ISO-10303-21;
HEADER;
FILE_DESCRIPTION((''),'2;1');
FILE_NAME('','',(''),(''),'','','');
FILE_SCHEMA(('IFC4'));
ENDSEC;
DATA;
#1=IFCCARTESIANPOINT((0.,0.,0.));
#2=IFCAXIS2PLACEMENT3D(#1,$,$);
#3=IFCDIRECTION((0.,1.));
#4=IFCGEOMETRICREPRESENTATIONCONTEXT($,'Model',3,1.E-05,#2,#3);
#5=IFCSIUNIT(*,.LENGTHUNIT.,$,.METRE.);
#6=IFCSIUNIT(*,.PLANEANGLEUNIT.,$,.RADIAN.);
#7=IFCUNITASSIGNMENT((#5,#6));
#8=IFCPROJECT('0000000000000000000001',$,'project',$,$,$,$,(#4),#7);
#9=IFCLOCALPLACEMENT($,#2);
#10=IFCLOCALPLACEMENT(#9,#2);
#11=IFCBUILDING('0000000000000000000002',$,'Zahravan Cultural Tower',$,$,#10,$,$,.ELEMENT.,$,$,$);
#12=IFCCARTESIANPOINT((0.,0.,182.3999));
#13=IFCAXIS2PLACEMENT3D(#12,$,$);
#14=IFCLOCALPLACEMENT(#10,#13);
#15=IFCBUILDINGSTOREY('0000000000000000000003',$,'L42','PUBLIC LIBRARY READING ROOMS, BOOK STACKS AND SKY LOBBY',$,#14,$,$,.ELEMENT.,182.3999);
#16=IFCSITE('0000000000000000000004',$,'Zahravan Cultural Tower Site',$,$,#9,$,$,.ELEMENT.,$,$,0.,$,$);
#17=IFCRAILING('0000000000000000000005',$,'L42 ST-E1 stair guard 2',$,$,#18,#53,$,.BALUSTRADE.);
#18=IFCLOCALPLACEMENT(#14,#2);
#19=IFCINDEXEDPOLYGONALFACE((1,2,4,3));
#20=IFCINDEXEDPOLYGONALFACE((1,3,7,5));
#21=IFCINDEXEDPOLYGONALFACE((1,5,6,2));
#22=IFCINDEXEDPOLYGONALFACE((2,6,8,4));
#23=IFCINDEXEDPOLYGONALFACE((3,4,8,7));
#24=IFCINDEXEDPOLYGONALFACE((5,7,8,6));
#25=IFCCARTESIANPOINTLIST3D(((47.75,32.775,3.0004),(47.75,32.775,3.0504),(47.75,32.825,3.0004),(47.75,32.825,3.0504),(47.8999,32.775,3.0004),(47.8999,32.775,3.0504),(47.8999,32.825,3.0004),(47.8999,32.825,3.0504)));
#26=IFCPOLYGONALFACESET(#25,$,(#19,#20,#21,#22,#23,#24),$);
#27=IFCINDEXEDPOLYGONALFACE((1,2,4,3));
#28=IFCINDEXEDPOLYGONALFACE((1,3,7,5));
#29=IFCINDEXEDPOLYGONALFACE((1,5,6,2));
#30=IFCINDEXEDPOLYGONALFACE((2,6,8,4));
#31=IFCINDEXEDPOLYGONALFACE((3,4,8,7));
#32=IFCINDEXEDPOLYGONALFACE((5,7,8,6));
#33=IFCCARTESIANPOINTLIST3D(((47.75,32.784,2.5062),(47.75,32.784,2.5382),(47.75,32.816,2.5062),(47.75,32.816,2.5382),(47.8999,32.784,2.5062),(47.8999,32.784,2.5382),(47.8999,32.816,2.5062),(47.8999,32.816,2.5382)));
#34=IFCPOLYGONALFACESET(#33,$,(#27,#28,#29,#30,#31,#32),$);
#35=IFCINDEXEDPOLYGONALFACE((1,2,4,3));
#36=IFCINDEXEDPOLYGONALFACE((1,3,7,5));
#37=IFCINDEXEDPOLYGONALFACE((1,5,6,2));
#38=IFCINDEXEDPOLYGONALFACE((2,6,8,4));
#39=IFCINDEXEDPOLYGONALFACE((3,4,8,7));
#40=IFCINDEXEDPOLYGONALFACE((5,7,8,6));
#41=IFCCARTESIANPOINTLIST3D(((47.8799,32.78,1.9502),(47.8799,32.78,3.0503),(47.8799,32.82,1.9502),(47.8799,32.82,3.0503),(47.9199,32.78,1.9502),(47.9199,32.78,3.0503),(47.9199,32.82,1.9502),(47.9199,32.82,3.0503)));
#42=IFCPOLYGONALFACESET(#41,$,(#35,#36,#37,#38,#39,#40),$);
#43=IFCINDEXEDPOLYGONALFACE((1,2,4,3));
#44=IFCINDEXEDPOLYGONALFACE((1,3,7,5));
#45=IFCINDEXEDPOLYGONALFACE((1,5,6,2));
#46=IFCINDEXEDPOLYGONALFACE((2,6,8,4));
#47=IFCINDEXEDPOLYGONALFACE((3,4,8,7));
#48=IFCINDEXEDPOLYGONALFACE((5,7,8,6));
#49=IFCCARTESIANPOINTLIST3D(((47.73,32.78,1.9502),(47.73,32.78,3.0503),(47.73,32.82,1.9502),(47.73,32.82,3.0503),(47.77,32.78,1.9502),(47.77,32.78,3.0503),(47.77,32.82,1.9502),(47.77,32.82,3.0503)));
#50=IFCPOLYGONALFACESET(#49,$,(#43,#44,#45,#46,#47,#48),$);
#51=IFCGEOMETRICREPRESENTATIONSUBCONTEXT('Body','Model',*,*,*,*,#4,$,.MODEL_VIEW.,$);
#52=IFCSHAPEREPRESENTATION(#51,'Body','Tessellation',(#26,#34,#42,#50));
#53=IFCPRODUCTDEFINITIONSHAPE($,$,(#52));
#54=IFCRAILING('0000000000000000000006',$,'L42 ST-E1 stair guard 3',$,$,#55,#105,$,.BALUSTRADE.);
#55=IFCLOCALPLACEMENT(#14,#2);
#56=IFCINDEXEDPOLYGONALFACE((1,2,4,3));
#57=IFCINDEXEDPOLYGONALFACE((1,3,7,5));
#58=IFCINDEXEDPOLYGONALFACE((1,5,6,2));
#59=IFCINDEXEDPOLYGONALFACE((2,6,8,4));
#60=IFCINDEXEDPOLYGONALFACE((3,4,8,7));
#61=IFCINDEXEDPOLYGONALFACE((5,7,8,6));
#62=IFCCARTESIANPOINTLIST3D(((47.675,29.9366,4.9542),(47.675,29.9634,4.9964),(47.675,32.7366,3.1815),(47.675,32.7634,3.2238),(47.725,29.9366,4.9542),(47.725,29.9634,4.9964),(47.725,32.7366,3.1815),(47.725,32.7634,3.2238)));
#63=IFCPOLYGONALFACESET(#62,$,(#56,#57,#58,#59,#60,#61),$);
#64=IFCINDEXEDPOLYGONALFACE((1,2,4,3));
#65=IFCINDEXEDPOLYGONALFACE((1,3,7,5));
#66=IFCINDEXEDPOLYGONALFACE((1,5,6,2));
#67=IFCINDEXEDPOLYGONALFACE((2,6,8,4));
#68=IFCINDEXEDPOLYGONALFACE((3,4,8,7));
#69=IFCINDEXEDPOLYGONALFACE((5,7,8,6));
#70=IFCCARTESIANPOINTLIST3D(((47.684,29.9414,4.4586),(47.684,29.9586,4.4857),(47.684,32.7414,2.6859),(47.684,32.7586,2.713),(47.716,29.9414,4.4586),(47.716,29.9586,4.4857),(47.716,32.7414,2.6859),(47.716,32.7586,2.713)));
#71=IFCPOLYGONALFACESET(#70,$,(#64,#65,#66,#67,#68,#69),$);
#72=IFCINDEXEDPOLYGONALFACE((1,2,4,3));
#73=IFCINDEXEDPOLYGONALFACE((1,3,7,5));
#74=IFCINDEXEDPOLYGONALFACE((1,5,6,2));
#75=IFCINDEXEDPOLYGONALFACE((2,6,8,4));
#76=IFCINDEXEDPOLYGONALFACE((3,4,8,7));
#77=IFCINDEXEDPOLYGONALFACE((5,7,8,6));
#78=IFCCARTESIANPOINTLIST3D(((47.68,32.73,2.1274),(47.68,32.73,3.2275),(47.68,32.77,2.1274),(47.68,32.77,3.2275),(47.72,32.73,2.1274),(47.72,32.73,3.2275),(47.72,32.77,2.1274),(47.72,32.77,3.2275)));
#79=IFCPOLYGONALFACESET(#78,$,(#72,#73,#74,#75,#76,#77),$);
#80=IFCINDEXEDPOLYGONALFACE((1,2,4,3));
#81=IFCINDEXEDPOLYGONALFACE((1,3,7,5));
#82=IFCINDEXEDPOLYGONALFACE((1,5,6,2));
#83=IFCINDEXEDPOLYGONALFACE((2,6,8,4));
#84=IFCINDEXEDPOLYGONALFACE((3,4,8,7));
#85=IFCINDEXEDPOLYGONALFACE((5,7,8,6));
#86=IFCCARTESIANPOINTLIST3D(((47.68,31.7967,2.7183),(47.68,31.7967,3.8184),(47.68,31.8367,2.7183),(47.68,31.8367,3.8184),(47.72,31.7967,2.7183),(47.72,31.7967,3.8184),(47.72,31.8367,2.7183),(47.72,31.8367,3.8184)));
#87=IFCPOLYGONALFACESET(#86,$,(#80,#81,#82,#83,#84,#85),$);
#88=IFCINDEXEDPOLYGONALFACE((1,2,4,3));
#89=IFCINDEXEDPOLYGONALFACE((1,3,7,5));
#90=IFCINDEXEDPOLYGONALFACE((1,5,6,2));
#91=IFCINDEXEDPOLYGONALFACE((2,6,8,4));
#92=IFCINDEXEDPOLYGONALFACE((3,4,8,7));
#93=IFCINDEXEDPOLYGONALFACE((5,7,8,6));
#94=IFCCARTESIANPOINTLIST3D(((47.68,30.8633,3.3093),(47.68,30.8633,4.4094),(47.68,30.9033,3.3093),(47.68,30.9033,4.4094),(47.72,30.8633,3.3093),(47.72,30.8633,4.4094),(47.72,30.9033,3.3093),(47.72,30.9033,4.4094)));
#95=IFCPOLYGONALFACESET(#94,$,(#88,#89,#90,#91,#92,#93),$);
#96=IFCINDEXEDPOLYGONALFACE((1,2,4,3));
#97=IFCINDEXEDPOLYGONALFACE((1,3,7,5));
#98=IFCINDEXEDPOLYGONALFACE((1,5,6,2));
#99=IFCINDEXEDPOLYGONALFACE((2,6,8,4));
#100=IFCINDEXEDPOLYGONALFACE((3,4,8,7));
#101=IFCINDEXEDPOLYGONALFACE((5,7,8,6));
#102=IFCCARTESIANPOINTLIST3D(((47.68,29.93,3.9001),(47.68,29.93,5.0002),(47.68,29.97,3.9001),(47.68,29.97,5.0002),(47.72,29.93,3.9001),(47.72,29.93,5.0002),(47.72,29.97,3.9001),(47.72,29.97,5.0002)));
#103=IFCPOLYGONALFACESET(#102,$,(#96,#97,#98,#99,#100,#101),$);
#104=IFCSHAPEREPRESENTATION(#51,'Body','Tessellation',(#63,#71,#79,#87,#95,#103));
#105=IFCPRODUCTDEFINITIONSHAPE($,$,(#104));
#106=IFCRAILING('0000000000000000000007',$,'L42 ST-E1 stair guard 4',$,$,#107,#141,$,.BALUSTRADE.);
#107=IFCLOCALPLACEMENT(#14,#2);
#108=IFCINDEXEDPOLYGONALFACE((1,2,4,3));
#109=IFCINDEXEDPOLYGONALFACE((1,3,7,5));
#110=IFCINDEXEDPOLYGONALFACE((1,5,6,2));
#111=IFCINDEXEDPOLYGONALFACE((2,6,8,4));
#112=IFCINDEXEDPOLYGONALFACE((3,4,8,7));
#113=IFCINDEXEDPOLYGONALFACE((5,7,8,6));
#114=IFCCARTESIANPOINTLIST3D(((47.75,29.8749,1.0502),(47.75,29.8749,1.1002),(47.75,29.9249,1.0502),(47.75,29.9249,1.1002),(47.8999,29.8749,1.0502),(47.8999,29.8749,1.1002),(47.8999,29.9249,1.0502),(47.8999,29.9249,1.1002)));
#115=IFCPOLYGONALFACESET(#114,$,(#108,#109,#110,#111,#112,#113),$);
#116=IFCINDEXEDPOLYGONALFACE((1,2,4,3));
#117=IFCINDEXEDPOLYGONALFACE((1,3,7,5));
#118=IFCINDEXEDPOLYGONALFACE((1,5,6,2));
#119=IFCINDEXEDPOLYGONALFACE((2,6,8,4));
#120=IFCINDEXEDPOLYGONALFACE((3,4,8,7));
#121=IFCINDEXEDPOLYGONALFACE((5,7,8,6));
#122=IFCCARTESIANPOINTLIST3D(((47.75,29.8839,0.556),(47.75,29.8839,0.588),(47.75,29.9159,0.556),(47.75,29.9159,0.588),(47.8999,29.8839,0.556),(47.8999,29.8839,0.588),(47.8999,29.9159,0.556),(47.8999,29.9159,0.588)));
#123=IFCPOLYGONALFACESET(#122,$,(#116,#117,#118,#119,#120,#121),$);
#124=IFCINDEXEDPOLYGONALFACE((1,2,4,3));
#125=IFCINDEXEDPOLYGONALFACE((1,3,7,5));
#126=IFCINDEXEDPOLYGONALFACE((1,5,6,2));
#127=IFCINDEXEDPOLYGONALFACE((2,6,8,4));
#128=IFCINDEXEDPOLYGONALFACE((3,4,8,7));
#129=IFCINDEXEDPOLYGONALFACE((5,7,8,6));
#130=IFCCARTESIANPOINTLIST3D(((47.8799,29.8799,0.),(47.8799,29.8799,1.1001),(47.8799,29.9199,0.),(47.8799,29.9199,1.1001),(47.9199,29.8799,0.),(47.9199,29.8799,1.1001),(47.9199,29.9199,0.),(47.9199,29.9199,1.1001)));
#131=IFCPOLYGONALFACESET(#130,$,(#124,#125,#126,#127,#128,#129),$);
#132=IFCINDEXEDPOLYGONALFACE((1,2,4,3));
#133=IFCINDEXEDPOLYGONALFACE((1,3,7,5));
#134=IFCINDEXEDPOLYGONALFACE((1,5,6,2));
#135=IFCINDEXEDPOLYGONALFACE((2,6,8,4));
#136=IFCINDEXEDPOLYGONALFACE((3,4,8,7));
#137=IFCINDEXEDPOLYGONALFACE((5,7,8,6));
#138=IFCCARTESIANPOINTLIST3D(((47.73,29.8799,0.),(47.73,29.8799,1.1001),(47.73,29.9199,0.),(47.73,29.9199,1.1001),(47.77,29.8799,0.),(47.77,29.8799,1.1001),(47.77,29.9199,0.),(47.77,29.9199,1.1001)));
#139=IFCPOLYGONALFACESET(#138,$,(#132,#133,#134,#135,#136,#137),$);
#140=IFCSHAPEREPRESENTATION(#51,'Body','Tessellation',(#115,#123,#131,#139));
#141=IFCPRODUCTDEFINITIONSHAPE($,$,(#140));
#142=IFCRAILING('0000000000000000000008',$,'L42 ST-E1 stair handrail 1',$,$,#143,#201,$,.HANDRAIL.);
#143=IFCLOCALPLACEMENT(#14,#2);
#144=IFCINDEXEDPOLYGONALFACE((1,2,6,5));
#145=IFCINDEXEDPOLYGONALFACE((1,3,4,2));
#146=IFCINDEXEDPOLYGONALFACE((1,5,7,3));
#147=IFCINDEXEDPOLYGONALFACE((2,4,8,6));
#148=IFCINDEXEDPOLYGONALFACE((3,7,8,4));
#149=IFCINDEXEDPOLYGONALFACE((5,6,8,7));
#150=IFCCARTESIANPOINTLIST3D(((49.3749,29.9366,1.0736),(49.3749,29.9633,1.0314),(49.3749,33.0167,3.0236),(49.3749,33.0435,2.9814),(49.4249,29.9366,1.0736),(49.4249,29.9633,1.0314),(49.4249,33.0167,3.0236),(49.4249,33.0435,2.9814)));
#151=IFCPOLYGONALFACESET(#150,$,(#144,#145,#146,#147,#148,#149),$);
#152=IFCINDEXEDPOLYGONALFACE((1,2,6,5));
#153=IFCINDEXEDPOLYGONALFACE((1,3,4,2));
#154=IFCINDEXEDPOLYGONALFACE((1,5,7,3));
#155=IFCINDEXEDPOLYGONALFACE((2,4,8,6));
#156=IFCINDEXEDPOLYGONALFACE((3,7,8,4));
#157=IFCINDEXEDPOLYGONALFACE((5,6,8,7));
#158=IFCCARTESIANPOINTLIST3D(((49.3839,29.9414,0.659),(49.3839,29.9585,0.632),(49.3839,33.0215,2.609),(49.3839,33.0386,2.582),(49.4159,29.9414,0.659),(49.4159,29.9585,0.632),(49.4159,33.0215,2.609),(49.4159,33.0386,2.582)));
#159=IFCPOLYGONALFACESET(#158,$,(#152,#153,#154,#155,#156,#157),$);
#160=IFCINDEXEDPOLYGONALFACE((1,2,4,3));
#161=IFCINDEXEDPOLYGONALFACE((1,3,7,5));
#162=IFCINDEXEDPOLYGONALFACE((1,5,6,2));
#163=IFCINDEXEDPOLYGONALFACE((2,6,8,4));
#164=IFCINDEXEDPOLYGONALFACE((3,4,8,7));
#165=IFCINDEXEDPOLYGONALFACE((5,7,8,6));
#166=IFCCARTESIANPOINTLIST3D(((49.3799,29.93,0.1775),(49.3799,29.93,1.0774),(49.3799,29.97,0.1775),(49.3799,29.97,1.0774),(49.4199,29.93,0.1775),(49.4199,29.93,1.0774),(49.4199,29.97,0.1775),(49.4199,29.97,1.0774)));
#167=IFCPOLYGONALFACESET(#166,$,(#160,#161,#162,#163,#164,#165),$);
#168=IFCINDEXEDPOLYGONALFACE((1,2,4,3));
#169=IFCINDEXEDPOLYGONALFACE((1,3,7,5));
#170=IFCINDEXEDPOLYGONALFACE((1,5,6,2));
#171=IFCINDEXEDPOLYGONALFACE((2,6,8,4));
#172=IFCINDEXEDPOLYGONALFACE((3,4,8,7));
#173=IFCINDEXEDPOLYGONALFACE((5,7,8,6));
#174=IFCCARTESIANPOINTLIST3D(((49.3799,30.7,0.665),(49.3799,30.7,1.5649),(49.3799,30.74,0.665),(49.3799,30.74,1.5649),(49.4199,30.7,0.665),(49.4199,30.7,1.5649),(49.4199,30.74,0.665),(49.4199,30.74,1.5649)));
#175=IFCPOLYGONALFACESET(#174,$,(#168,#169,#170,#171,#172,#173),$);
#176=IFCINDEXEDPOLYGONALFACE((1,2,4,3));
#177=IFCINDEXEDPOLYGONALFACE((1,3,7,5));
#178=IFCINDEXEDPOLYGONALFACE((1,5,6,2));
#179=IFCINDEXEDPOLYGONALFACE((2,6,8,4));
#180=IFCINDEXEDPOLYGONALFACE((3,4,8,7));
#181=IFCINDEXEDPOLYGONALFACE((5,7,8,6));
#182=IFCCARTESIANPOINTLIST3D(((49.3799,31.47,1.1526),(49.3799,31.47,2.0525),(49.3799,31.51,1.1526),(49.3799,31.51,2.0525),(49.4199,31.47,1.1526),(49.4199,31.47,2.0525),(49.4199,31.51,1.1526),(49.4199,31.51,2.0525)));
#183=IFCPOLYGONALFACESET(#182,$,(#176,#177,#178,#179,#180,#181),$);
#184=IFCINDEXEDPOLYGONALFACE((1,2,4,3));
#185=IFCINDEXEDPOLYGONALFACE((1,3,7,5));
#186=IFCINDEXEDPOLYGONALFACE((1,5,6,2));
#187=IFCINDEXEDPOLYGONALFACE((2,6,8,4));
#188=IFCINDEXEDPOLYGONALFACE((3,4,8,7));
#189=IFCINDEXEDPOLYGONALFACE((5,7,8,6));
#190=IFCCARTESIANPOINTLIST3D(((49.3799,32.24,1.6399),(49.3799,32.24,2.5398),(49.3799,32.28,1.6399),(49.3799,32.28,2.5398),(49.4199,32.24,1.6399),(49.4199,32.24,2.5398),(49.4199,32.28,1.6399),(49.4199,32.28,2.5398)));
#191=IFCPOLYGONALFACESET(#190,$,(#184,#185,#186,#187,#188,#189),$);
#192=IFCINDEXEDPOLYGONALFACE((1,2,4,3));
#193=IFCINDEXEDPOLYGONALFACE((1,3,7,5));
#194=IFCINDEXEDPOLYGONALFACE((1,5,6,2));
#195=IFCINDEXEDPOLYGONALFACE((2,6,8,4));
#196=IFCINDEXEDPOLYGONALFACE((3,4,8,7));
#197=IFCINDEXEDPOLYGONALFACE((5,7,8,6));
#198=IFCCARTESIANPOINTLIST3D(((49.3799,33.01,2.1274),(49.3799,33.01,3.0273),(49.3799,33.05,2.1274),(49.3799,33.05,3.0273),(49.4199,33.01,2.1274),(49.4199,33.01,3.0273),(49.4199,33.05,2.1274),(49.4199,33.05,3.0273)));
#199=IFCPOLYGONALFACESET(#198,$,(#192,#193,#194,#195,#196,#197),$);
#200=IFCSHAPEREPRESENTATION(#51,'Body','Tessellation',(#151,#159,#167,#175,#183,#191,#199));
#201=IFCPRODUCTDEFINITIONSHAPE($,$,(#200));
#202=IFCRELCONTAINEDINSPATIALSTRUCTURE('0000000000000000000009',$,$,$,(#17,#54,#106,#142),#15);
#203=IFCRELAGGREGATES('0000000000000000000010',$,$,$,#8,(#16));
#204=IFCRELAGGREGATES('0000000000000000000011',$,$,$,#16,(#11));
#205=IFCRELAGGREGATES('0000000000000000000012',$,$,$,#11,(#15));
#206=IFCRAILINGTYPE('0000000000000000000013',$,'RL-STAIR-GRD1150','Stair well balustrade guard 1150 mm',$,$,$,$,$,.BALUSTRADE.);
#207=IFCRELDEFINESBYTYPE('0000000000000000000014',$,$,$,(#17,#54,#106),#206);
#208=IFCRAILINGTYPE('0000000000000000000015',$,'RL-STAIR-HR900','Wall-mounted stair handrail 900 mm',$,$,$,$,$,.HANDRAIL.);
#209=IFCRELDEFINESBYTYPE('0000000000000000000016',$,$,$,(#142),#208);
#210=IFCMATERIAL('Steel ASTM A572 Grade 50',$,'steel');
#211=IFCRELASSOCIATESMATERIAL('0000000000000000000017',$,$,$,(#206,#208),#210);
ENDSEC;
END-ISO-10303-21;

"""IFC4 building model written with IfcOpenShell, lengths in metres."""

from ifc_helpers import new_model, si_unit, direction, frame, origin, origin_2d, place, context, subcontext, project, spatial, rectangle, extrude, material, type_object, element, save


model = new_model("IFC4")

# Units and contexts
model_context = context("Model", 3, precision=1e-05, world=origin(), true_north=direction((0.0, 1.0)))
body_context = subcontext(model_context, "Body", "Model", "MODEL_VIEW")
ifc_project = project(units=[si_unit("LENGTHUNIT", "METRE"), si_unit("PLANEANGLEUNIT", "RADIAN")], contexts=[model_context])

# Site, building, storey
site_placement = place(None, origin())
site = spatial("IfcSite", under=ifc_project, at=site_placement, Name="Zahravan Cultural Tower Site", CompositionType="ELEMENT", RefElevation=0.0)
building_placement = place(site_placement, origin())
building = spatial("IfcBuilding", under=site, at=building_placement, Name="Zahravan Cultural Tower", CompositionType="ELEMENT")
storey_placement = place(building_placement, frame((0.0, 0.0, 182.3999)))
storey = spatial("IfcBuildingStorey", under=building, at=storey_placement, Name="L42", Description="PUBLIC LIBRARY READING ROOMS, BOOK STACKS AND SKY LOBBY", CompositionType="ELEMENT", Elevation=182.3999)

# Shared definitions
ifc_material_1 = material(Name="Steel ASTM A572 Grade 50", Category="steel")

# Railings
railing_type_1 = type_object("IfcRailingType", Name="RL-STAIR-GRD1150", Description="Stair well balustrade guard 1150 mm", PredefinedType="BALUSTRADE", material=ifc_material_1)
railing_1_placement = place(storey_placement, frame((47.8999, 32.8, 1.9502)))
element("IfcRailing", 1, at=railing_1_placement, inside=storey, type_object=railing_type_1, Name="L42 ST-E1 stair guard 2", PredefinedType="BALUSTRADE", context=body_context, shape_type="SweptSolid", body=[
    extrude(rectangle(XDim=0.05, YDim=0.05, at=origin_2d()), frame((0.0, 0.0, 1.0752), z_axis=(-1.0, 0.0, 0.0), x_axis=(0.0, -1.0, 0.0)), (0.0, 0.0, 1.0), 0.1499),
    extrude(rectangle(XDim=0.032, YDim=0.032, at=origin_2d()), frame((0.0, 0.0, 0.572), z_axis=(-1.0, 0.0, 0.0), x_axis=(0.0, -1.0, 0.0)), (0.0, 0.0, 1.0), 0.1499),
    extrude(rectangle(XDim=0.04, YDim=0.04, at=origin_2d()), origin(), (0.0, 0.0, 1.0), 1.1001),
    extrude(rectangle(XDim=0.04, YDim=0.04, at=origin_2d()), frame((-0.1499, 0.0, 0.0)), (0.0, 0.0, 1.0), 1.1001),
])
railing_2_placement = place(storey_placement, frame((47.7, 32.75, 2.1274)))
element("IfcRailing", 2, at=railing_2_placement, inside=storey, type_object=railing_type_1, Name="L42 ST-E1 stair guard 3", PredefinedType="BALUSTRADE", context=body_context, shape_type="SweptSolid", body=[
    extrude(rectangle(XDim=0.05, YDim=0.05, at=origin_2d()), frame((0.0, 0.0, 1.0752), z_axis=(0.0, -0.844909, 0.53491), x_axis=(1.0, 0.0, 0.0)), (0.0, 0.0, 1.0), 3.314),
    extrude(rectangle(XDim=0.032, YDim=0.032, at=origin_2d()), frame((0.0, 0.0, 0.572), z_axis=(0.0, -0.844909, 0.53491), x_axis=(1.0, 0.0, 0.0)), (0.0, 0.0, 1.0), 3.314),
    extrude(rectangle(XDim=0.04, YDim=0.04, at=origin_2d()), origin(), (0.0, 0.0, 1.0), 1.1001),
    extrude(rectangle(XDim=0.04, YDim=0.04, at=origin_2d()), frame((0.0, -0.9333, 0.5908)), (0.0, 0.0, 1.0), 1.1001),
    extrude(rectangle(XDim=0.04, YDim=0.04, at=origin_2d()), frame((0.0, -1.8667, 1.1819)), (0.0, 0.0, 1.0), 1.1001),
    extrude(rectangle(XDim=0.04, YDim=0.04, at=origin_2d()), frame((0.0, -2.8, 1.7727)), (0.0, 0.0, 1.0), 1.1001),
])
railing_3_placement = place(storey_placement, frame((47.8999, 29.8999, 0.0)))
element("IfcRailing", 3, at=railing_3_placement, inside=storey, type_object=railing_type_1, Name="L42 ST-E1 stair guard 4", PredefinedType="BALUSTRADE", context=body_context, shape_type="SweptSolid", body=[
    extrude(rectangle(XDim=0.05, YDim=0.05, at=origin_2d()), frame((0.0, 0.0, 1.0752), z_axis=(-1.0, 0.0, 0.0), x_axis=(0.0, -1.0, 0.0)), (0.0, 0.0, 1.0), 0.1499),
    extrude(rectangle(XDim=0.032, YDim=0.032, at=origin_2d()), frame((0.0, 0.0, 0.572), z_axis=(-1.0, 0.0, 0.0), x_axis=(0.0, -1.0, 0.0)), (0.0, 0.0, 1.0), 0.1499),
    extrude(rectangle(XDim=0.04, YDim=0.04, at=origin_2d()), origin(), (0.0, 0.0, 1.0), 1.1001),
    extrude(rectangle(XDim=0.04, YDim=0.04, at=origin_2d()), frame((-0.1499, 0.0, 0.0)), (0.0, 0.0, 1.0), 1.1001),
])
railing_type_2 = type_object("IfcRailingType", Name="RL-STAIR-HR900", Description="Wall-mounted stair handrail 900 mm", PredefinedType="HANDRAIL", material=ifc_material_1)
railing_4_placement = place(storey_placement, frame((49.3999, 29.95, 0.1775)))
element("IfcRailing", 4, at=railing_4_placement, inside=storey, type_object=railing_type_2, Name="L42 ST-E1 stair handrail 1", PredefinedType="HANDRAIL", context=body_context, shape_type="SweptSolid", body=[
    extrude(rectangle(XDim=0.05, YDim=0.05, at=origin_2d()), frame((0.0, 0.0, 0.875), z_axis=(0.0, 0.844914, 0.534902), x_axis=(-1.0, 0.0, 0.0)), (0.0, 0.0, 1.0), 3.6455),
    extrude(rectangle(XDim=0.032, YDim=0.032, at=origin_2d()), frame((0.0, 0.0, 0.468), z_axis=(0.0, 0.844914, 0.534902), x_axis=(-1.0, 0.0, 0.0)), (0.0, 0.0, 1.0), 3.6455),
    extrude(rectangle(XDim=0.04, YDim=0.04, at=origin_2d()), origin(), (0.0, 0.0, 1.0), 0.8999),
    extrude(rectangle(XDim=0.04, YDim=0.04, at=origin_2d()), frame((0.0, 0.77, 0.4875)), (0.0, 0.0, 1.0), 0.8999),
    extrude(rectangle(XDim=0.04, YDim=0.04, at=origin_2d()), frame((0.0, 1.54, 0.9751)), (0.0, 0.0, 1.0), 0.8999),
    extrude(rectangle(XDim=0.04, YDim=0.04, at=origin_2d()), frame((0.0, 2.3101, 1.4624)), (0.0, 0.0, 1.0), 0.8999),
    extrude(rectangle(XDim=0.04, YDim=0.04, at=origin_2d()), frame((0.0, 3.0801, 1.95)), (0.0, 0.0, 1.0), 0.8999),
])

save(model, "model.ifc")
